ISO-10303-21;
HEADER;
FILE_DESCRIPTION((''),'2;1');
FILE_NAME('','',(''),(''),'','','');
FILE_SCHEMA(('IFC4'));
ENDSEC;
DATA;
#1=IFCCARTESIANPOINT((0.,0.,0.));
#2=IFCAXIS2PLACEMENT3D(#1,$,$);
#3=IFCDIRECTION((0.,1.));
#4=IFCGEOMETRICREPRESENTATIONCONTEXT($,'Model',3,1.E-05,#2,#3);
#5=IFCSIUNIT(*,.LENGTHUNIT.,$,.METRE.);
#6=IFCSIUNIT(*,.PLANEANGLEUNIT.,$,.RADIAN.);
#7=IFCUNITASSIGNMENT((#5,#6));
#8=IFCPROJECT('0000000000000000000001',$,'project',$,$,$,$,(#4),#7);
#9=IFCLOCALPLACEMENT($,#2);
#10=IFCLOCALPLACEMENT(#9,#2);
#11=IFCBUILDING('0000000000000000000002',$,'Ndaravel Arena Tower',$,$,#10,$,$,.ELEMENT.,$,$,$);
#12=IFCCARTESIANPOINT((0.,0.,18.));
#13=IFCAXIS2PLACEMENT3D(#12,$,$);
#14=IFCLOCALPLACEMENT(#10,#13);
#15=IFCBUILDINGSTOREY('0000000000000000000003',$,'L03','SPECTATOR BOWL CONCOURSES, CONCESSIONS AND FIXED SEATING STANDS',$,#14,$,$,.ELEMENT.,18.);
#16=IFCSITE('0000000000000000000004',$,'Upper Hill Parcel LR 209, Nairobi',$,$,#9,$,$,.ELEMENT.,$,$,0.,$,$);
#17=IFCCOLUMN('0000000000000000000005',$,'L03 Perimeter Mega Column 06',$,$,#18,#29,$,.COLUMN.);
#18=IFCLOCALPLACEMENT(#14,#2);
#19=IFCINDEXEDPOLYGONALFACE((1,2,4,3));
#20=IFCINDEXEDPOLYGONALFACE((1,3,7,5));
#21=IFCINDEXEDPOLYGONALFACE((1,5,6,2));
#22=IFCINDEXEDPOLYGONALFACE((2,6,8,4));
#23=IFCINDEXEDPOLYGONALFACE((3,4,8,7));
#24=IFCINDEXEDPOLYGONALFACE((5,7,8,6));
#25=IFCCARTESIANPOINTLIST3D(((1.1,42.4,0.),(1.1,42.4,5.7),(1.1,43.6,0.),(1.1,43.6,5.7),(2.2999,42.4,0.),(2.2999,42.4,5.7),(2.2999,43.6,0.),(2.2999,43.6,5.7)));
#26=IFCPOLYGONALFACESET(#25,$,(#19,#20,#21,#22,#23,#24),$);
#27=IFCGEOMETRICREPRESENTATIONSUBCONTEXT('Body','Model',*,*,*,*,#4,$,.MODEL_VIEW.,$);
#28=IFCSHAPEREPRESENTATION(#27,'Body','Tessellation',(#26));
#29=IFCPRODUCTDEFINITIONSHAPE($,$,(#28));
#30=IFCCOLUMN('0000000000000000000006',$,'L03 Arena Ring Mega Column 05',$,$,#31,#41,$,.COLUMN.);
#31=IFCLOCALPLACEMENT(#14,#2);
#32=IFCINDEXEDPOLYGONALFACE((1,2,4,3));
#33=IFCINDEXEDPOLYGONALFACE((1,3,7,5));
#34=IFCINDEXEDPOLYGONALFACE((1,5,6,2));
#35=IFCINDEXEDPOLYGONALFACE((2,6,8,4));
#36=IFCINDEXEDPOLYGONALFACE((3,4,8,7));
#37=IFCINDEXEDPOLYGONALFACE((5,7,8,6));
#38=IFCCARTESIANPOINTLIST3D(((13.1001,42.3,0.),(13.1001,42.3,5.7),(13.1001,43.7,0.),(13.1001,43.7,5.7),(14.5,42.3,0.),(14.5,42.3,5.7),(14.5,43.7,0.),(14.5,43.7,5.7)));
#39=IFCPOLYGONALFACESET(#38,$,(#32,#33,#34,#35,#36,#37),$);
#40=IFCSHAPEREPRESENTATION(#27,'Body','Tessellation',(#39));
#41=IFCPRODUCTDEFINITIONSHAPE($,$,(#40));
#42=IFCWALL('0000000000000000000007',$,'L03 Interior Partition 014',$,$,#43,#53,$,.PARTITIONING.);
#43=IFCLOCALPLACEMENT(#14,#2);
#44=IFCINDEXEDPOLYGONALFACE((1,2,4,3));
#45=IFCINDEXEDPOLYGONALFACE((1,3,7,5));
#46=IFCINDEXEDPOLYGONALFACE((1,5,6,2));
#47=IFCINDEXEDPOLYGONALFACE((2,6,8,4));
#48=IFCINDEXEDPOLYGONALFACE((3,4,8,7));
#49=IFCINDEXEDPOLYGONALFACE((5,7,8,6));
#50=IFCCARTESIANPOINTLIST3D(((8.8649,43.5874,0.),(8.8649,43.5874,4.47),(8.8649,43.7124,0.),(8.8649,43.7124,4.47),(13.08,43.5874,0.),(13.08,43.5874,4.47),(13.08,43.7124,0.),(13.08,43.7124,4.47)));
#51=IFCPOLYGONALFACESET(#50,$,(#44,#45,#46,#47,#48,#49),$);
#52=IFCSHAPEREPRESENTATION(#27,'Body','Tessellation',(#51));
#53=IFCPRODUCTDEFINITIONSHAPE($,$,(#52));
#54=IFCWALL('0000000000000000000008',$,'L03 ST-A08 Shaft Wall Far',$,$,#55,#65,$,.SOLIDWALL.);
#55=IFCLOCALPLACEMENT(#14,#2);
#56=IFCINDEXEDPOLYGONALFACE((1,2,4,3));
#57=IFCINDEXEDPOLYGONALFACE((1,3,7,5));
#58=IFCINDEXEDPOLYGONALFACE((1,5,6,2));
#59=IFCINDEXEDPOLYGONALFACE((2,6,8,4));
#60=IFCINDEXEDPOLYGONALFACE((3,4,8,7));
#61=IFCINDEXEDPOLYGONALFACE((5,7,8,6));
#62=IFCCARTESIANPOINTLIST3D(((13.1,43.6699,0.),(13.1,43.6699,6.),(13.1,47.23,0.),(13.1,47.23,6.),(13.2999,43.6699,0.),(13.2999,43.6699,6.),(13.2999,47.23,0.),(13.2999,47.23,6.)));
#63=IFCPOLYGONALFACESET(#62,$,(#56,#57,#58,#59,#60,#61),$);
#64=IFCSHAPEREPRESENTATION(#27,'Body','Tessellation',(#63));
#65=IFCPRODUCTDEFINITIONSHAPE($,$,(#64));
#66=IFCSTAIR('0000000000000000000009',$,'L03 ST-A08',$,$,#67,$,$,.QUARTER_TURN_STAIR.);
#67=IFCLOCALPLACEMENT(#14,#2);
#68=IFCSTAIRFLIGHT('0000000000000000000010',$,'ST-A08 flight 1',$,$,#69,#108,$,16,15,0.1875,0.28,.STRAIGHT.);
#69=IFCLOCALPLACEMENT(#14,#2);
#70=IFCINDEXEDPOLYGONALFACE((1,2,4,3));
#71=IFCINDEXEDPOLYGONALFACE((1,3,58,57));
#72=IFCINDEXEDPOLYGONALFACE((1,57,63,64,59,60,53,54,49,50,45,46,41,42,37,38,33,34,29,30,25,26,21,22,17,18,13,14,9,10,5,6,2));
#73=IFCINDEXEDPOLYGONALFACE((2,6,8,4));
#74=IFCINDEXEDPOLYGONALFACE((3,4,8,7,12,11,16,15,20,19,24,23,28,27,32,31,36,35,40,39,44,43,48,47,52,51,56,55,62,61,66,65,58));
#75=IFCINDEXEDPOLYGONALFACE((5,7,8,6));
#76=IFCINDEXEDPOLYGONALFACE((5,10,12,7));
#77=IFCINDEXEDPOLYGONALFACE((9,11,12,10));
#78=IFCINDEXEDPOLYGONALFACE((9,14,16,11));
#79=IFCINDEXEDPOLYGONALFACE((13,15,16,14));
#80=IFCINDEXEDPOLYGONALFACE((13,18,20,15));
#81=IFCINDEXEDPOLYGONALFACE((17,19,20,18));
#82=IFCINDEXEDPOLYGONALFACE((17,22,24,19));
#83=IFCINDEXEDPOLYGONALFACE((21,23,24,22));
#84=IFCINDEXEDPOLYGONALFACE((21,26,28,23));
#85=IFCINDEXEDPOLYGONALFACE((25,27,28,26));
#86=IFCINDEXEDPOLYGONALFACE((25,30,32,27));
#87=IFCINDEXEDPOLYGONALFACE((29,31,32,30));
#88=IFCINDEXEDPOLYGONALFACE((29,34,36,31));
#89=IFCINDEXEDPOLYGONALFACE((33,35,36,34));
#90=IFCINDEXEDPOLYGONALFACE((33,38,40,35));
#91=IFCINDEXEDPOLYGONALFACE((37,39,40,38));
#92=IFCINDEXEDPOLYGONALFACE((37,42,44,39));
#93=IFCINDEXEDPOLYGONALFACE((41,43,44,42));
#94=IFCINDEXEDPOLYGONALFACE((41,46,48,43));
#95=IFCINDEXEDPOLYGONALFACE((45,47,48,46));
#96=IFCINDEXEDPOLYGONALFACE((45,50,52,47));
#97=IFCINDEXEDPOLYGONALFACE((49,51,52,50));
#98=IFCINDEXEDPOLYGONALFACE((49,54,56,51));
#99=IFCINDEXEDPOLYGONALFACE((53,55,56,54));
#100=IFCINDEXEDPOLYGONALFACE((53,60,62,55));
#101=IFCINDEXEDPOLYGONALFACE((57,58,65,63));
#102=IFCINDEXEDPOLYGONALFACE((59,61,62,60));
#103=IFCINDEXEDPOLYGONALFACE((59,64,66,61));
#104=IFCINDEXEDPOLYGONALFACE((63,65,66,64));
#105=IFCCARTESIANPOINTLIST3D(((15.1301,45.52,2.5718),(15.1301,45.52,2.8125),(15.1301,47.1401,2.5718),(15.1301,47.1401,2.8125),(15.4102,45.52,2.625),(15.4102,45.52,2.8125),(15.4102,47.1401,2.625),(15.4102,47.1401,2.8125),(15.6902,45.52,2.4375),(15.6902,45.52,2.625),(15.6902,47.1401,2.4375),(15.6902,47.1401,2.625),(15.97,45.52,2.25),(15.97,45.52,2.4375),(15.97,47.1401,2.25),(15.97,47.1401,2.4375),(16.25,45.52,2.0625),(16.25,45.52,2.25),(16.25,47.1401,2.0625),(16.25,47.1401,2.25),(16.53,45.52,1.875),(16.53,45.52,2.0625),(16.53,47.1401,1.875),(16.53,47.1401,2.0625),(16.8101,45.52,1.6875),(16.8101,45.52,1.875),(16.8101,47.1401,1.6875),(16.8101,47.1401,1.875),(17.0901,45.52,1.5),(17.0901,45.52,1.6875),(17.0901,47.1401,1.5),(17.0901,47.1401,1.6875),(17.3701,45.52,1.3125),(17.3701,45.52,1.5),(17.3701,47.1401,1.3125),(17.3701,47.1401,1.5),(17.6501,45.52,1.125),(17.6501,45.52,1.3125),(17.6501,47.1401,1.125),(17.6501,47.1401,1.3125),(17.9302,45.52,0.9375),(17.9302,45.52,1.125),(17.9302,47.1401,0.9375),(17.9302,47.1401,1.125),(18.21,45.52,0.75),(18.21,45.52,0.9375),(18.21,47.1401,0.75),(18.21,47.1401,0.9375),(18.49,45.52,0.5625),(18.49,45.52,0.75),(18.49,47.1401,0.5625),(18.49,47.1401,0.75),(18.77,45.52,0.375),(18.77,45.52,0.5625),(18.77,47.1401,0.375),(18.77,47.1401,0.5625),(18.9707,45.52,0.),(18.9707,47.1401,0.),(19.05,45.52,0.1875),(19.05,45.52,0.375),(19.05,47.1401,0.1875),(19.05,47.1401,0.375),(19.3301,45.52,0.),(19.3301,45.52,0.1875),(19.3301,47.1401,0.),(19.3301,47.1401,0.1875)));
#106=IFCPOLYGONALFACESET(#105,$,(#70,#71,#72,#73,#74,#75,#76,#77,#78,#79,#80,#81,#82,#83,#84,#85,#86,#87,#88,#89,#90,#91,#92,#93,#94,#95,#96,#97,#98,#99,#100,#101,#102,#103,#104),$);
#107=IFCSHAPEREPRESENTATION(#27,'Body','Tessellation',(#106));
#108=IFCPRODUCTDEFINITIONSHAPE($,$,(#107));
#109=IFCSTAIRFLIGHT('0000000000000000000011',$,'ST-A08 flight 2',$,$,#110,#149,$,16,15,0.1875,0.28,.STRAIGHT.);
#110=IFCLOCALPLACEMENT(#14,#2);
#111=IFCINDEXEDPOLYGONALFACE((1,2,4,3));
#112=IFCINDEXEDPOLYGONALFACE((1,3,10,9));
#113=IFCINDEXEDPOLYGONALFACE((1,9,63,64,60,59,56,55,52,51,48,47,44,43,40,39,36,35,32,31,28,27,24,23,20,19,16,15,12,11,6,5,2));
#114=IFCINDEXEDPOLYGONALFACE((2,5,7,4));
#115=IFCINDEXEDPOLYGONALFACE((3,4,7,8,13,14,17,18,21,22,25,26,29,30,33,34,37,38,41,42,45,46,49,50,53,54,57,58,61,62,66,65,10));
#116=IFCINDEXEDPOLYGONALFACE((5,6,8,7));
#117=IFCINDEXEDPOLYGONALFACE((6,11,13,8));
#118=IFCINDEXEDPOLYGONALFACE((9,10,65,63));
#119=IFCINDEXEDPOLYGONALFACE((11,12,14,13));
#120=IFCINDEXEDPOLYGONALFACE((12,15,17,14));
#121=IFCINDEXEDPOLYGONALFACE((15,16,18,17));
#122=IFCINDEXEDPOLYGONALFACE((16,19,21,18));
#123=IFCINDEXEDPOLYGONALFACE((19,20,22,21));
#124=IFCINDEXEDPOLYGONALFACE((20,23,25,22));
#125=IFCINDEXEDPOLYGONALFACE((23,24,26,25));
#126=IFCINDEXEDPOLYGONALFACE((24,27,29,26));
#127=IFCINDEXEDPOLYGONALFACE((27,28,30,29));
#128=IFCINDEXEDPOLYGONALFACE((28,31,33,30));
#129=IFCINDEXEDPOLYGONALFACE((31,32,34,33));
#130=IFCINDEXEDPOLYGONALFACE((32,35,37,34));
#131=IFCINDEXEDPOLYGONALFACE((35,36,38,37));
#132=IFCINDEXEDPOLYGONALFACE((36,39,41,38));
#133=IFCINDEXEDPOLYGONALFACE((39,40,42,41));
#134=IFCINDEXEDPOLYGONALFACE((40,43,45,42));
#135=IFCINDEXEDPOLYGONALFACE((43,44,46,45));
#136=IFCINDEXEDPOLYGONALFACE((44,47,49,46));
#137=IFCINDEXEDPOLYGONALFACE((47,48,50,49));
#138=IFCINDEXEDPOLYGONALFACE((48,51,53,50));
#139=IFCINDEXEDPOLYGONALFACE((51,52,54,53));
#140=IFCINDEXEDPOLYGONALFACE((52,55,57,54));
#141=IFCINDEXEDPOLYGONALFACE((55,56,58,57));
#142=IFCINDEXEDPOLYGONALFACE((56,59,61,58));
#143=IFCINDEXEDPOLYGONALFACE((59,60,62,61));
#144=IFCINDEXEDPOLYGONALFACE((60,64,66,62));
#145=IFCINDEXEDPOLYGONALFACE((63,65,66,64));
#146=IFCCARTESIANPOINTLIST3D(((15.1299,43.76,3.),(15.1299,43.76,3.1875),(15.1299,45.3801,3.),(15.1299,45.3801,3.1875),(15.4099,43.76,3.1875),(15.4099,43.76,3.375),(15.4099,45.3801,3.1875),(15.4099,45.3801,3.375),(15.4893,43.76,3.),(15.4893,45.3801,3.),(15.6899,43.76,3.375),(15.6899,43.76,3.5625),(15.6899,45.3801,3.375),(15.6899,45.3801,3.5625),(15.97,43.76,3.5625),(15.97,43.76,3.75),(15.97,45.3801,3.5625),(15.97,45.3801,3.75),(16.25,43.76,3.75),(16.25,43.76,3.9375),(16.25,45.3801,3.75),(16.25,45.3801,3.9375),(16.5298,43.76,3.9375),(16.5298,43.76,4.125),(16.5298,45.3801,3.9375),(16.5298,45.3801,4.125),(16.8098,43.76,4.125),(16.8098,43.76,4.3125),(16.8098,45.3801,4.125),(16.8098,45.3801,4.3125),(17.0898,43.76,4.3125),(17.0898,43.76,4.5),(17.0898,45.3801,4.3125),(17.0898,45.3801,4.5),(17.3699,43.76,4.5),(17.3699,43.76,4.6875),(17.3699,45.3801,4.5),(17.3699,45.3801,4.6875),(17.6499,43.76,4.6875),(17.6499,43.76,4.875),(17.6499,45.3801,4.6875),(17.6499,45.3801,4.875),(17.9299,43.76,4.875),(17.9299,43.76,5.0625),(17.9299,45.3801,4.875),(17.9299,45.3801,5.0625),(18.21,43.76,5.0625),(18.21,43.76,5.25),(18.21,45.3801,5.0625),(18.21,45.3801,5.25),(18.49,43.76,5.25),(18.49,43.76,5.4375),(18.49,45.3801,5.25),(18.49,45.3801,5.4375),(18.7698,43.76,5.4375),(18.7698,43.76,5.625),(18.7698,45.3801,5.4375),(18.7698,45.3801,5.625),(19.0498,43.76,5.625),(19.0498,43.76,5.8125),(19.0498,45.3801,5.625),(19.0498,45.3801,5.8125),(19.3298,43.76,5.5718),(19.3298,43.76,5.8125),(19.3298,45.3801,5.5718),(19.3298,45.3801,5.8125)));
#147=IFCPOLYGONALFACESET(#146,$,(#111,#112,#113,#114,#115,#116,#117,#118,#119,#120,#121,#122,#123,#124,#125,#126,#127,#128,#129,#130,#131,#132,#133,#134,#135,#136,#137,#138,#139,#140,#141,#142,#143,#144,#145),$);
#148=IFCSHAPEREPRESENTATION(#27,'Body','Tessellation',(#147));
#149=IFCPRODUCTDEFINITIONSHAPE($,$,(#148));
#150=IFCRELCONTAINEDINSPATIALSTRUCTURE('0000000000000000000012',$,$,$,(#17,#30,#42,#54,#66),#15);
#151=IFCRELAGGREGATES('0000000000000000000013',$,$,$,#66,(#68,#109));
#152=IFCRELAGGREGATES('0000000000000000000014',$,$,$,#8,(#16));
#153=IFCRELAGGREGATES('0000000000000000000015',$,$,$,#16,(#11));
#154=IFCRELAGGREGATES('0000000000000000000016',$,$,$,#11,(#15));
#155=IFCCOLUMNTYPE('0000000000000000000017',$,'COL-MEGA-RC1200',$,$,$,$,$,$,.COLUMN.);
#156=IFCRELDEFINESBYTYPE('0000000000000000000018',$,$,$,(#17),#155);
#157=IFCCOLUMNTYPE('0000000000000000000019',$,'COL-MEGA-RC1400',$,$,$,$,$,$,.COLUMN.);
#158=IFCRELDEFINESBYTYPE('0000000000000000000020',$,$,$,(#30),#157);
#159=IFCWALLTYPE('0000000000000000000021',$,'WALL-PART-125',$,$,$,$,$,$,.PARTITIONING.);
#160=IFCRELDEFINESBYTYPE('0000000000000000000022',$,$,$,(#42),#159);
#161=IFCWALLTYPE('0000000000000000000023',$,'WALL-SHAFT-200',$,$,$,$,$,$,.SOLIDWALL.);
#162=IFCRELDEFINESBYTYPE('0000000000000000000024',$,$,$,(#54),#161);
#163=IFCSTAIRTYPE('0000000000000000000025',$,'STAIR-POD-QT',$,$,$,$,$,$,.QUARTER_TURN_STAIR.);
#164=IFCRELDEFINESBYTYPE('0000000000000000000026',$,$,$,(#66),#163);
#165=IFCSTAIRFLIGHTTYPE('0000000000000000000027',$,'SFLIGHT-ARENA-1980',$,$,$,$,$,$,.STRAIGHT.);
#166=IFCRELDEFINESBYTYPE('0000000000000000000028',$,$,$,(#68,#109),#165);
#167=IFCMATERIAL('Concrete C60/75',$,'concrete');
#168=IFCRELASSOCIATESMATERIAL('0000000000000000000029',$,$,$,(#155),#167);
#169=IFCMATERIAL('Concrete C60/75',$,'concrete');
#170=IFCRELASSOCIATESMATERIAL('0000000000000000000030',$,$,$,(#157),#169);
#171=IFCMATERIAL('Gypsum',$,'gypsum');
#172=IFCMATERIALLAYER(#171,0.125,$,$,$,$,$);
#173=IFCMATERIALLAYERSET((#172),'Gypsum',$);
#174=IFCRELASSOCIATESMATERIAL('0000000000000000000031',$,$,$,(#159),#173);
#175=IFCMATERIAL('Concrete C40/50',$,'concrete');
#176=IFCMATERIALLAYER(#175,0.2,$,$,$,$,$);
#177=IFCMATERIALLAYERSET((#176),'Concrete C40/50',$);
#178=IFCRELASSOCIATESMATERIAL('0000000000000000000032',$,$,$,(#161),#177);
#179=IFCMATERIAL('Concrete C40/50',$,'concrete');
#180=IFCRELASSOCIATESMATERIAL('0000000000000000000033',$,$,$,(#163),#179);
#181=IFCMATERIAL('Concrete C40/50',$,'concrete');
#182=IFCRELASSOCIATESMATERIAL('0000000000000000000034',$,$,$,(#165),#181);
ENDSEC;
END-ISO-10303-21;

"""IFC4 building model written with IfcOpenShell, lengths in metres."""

from ifc_helpers import new_model, si_unit, direction, frame, frame_2d, origin, origin_2d, place, context, subcontext, project, spatial, polyline, rectangle, outline, extrude, material, layer, layer_set, material_profile, profile_set, type_object, element, aggregate, save


model = new_model("IFC4")

# Units and contexts
model_context = context("Model", 3, precision=1e-05, world=origin(), true_north=direction((0.0, 1.0)))
body_context = subcontext(model_context, "Body", "Model", "MODEL_VIEW")
ifc_project = project(units=[si_unit("LENGTHUNIT", "METRE"), si_unit("PLANEANGLEUNIT", "RADIAN")], contexts=[model_context])

# Site, building, storey
site_placement = place(None, origin())
site = spatial("IfcSite", under=ifc_project, at=site_placement, Name="Upper Hill Parcel LR 209, Nairobi", CompositionType="ELEMENT", RefElevation=0.0)
building_placement = place(site_placement, origin())
building = spatial("IfcBuilding", under=site, at=building_placement, Name="Ndaravel Arena Tower", CompositionType="ELEMENT")
storey_placement = place(building_placement, frame((0.0, 0.0, 18.0)))
storey = spatial("IfcBuildingStorey", under=building, at=storey_placement, Name="L03", Description="SPECTATOR BOWL CONCOURSES, CONCESSIONS AND FIXED SEATING STANDS", CompositionType="ELEMENT", Elevation=18.0)

# Columns
ifc_material_1 = material(Name="Concrete C60/75", Category="concrete")
ifc_material_profile_1 = material_profile(ifc_material_1, rectangle(XDim=1.2, YDim=1.2, at=origin_2d()), Name="RC 1200x1200")
ifc_profile_set_1 = profile_set([ifc_material_profile_1], Name="Concrete C60/75")
column_type_1 = type_object("IfcColumnType", Name="COL-MEGA-RC1200", PredefinedType="COLUMN", material=ifc_profile_set_1)
column_1_placement = place(storey_placement, frame((1.7, 43.0, 0.0), z_axis=(0.0, 0.0, 1.0), x_axis=(1.0, 0.0, 0.0)))
element("IfcColumn", 1, at=column_1_placement, inside=storey, type_object=column_type_1, Name="L03 Perimeter Mega Column 06", PredefinedType="COLUMN", context=body_context, shape_type="SweptSolid", body=[
    extrude(rectangle(XDim=1.2, YDim=1.2, at=origin_2d()), origin(), (0.0, 0.0, 1.0), 5.7),
])
ifc_material_2 = material(Name="Concrete C60/75", Category="concrete")
ifc_material_profile_2 = material_profile(ifc_material_2, rectangle(XDim=1.3999, YDim=1.3999, at=origin_2d()), Name="RC 1400x1400")
ifc_profile_set_2 = profile_set([ifc_material_profile_2], Name="Concrete C60/75")
column_type_2 = type_object("IfcColumnType", Name="COL-MEGA-RC1400", PredefinedType="COLUMN", material=ifc_profile_set_2)
column_2_placement = place(storey_placement, frame((13.8, 43.0, 0.0), z_axis=(0.0, 0.0, 1.0), x_axis=(1.0, 0.0, 0.0)))
element("IfcColumn", 2, at=column_2_placement, inside=storey, type_object=column_type_2, Name="L03 Arena Ring Mega Column 05", PredefinedType="COLUMN", context=body_context, shape_type="SweptSolid", body=[
    extrude(rectangle(XDim=1.3999, YDim=1.3999, at=origin_2d()), origin(), (0.0, 0.0, 1.0), 5.7),
])

# Wall
ifc_material_3 = material(Name="Gypsum", Category="gypsum")
ifc_layer_1 = layer(ifc_material_3, 0.125)
ifc_layer_set_1 = layer_set([ifc_layer_1], Name="Gypsum")
wall_type_1 = type_object("IfcWallType", Name="WALL-PART-125", PredefinedType="PARTITIONING", material=ifc_layer_set_1)
wall_1_placement = place(storey_placement, frame((8.865, 43.6499, 0.0), z_axis=(0.0, 0.0, 1.0), x_axis=(1.0, 0.0, 0.0)))
element("IfcWall", 3, at=wall_1_placement, inside=storey, type_object=wall_type_1, Name="L03 Interior Partition 014", PredefinedType="PARTITIONING", context=body_context, shape_type="SweptSolid", body=[
    extrude(rectangle(XDim=4.2151, YDim=0.125, at=frame_2d((2.1074, 0.0))), origin(), (0.0, 0.0, 1.0), 4.47),
])

# Wall
ifc_material_4 = material(Name="Concrete C40/50", Category="concrete")
ifc_layer_2 = layer(ifc_material_4, 0.2)
ifc_layer_set_2 = layer_set([ifc_layer_2], Name="Concrete C40/50")
wall_type_2 = type_object("IfcWallType", Name="WALL-SHAFT-200", PredefinedType="SOLIDWALL", material=ifc_layer_set_2)
wall_2_placement = place(storey_placement, frame((13.2, 47.23, 0.0), z_axis=(0.0, 0.0, 1.0), x_axis=(0.0, -1.0, 0.0)))
element("IfcWall", 4, at=wall_2_placement, inside=storey, type_object=wall_type_2, Name="L03 ST-A08 Shaft Wall Far", PredefinedType="SOLIDWALL", context=body_context, shape_type="SweptSolid", body=[
    extrude(rectangle(XDim=3.5601, YDim=0.2, at=frame_2d((1.78, 0.0))), origin(), (0.0, 0.0, 1.0), 6.0),
])

# Stair, stair flights
ifc_material_5 = material(Name="Concrete C40/50", Category="concrete")
stair_type = type_object("IfcStairType", Name="STAIR-POD-QT", PredefinedType="QUARTER_TURN_STAIR", material=ifc_material_5)
stair_placement = place(storey_placement, origin())
stair = element("IfcStair", 5, at=stair_placement, inside=storey, type_object=stair_type, Name="L03 ST-A08", PredefinedType="QUARTER_TURN_STAIR")
ifc_material_6 = material(Name="Concrete C40/50", Category="concrete")
stair_flight_type = type_object("IfcStairFlightType", Name="SFLIGHT-ARENA-1980", PredefinedType="STRAIGHT", material=ifc_material_6)
stair_flight_1_placement = place(storey_placement, frame((19.3301, 46.3301, 0.0), z_axis=(0.0, 0.0, 1.0), x_axis=(-1.0, 0.0, 0.0)))
stair_flight_1 = element("IfcStairFlight", 6, at=stair_flight_1_placement, type_object=stair_flight_type, Name="ST-A08 flight 1", NumberOfRisers=16, NumberOfTreads=15, PredefinedType="STRAIGHT", RiserHeight=0.1875, TreadLength=0.28, context=body_context, shape_type="SweptSolid", body=[
    extrude(outline(polyline([(0.0, 0.0), (0.0, 0.1875), (0.28, 0.1875), (0.28, 0.375), (0.5601, 0.375), (0.5601, 0.5625), (0.8401, 0.5625), (0.8401, 0.75), (1.1201, 0.75), (1.1201, 0.9375), (1.3999, 0.9375), (1.3999, 1.125), (1.6799, 1.125), (1.6799, 1.3125), (1.96, 1.3125), (1.96, 1.5), (2.24, 1.5), (2.24, 1.6875), (2.52, 1.6875), (2.52, 1.875), (2.8, 1.875), (2.8, 2.0625), (3.0801, 2.0625), (3.0801, 2.25), (3.3601, 2.25), (3.3601, 2.4375), (3.6399, 2.4375), (3.6399, 2.625), (3.9199, 2.625), (3.9199, 2.8125), (4.2, 2.8125), (4.2, 3.0), (4.2, 2.5718), (0.3594, 0.0), (0.0, 0.0)])), frame((0.0, 0.8101, 0.0), z_axis=(0.0, -1.0, 0.0), x_axis=(1.0, 0.0, 0.0)), (0.0, 0.0, 1.0), 1.6201),
])
stair_flight_2_placement = place(storey_placement, frame((15.1299, 44.5701, 3.0), z_axis=(0.0, 0.0, 1.0), x_axis=(1.0, 0.0, 0.0)))
stair_flight_2 = element("IfcStairFlight", 7, at=stair_flight_2_placement, type_object=stair_flight_type, Name="ST-A08 flight 2", NumberOfRisers=16, NumberOfTreads=15, PredefinedType="STRAIGHT", RiserHeight=0.1875, TreadLength=0.28, context=body_context, shape_type="SweptSolid", body=[
    extrude(outline(polyline([(0.0, 0.0), (0.0, 0.1875), (0.28, 0.1875), (0.28, 0.375), (0.5601, 0.375), (0.5601, 0.5625), (0.8401, 0.5625), (0.8401, 0.75), (1.1201, 0.75), (1.1201, 0.9375), (1.3999, 0.9375), (1.3999, 1.125), (1.6799, 1.125), (1.6799, 1.3125), (1.96, 1.3125), (1.96, 1.5), (2.24, 1.5), (2.24, 1.6875), (2.52, 1.6875), (2.52, 1.875), (2.8, 1.875), (2.8, 2.0625), (3.0801, 2.0625), (3.0801, 2.25), (3.3601, 2.25), (3.3601, 2.4375), (3.6399, 2.4375), (3.6399, 2.625), (3.9199, 2.625), (3.9199, 2.8125), (4.2, 2.8125), (4.2, 3.0), (4.2, 2.5718), (0.3594, 0.0), (0.0, 0.0)])), frame((0.0, 0.8101, 0.0), z_axis=(0.0, -1.0, 0.0), x_axis=(1.0, 0.0, 0.0)), (0.0, 0.0, 1.0), 1.6201),
])
aggregate(stair, [stair_flight_1, stair_flight_2])

save(model, "model.ifc")
